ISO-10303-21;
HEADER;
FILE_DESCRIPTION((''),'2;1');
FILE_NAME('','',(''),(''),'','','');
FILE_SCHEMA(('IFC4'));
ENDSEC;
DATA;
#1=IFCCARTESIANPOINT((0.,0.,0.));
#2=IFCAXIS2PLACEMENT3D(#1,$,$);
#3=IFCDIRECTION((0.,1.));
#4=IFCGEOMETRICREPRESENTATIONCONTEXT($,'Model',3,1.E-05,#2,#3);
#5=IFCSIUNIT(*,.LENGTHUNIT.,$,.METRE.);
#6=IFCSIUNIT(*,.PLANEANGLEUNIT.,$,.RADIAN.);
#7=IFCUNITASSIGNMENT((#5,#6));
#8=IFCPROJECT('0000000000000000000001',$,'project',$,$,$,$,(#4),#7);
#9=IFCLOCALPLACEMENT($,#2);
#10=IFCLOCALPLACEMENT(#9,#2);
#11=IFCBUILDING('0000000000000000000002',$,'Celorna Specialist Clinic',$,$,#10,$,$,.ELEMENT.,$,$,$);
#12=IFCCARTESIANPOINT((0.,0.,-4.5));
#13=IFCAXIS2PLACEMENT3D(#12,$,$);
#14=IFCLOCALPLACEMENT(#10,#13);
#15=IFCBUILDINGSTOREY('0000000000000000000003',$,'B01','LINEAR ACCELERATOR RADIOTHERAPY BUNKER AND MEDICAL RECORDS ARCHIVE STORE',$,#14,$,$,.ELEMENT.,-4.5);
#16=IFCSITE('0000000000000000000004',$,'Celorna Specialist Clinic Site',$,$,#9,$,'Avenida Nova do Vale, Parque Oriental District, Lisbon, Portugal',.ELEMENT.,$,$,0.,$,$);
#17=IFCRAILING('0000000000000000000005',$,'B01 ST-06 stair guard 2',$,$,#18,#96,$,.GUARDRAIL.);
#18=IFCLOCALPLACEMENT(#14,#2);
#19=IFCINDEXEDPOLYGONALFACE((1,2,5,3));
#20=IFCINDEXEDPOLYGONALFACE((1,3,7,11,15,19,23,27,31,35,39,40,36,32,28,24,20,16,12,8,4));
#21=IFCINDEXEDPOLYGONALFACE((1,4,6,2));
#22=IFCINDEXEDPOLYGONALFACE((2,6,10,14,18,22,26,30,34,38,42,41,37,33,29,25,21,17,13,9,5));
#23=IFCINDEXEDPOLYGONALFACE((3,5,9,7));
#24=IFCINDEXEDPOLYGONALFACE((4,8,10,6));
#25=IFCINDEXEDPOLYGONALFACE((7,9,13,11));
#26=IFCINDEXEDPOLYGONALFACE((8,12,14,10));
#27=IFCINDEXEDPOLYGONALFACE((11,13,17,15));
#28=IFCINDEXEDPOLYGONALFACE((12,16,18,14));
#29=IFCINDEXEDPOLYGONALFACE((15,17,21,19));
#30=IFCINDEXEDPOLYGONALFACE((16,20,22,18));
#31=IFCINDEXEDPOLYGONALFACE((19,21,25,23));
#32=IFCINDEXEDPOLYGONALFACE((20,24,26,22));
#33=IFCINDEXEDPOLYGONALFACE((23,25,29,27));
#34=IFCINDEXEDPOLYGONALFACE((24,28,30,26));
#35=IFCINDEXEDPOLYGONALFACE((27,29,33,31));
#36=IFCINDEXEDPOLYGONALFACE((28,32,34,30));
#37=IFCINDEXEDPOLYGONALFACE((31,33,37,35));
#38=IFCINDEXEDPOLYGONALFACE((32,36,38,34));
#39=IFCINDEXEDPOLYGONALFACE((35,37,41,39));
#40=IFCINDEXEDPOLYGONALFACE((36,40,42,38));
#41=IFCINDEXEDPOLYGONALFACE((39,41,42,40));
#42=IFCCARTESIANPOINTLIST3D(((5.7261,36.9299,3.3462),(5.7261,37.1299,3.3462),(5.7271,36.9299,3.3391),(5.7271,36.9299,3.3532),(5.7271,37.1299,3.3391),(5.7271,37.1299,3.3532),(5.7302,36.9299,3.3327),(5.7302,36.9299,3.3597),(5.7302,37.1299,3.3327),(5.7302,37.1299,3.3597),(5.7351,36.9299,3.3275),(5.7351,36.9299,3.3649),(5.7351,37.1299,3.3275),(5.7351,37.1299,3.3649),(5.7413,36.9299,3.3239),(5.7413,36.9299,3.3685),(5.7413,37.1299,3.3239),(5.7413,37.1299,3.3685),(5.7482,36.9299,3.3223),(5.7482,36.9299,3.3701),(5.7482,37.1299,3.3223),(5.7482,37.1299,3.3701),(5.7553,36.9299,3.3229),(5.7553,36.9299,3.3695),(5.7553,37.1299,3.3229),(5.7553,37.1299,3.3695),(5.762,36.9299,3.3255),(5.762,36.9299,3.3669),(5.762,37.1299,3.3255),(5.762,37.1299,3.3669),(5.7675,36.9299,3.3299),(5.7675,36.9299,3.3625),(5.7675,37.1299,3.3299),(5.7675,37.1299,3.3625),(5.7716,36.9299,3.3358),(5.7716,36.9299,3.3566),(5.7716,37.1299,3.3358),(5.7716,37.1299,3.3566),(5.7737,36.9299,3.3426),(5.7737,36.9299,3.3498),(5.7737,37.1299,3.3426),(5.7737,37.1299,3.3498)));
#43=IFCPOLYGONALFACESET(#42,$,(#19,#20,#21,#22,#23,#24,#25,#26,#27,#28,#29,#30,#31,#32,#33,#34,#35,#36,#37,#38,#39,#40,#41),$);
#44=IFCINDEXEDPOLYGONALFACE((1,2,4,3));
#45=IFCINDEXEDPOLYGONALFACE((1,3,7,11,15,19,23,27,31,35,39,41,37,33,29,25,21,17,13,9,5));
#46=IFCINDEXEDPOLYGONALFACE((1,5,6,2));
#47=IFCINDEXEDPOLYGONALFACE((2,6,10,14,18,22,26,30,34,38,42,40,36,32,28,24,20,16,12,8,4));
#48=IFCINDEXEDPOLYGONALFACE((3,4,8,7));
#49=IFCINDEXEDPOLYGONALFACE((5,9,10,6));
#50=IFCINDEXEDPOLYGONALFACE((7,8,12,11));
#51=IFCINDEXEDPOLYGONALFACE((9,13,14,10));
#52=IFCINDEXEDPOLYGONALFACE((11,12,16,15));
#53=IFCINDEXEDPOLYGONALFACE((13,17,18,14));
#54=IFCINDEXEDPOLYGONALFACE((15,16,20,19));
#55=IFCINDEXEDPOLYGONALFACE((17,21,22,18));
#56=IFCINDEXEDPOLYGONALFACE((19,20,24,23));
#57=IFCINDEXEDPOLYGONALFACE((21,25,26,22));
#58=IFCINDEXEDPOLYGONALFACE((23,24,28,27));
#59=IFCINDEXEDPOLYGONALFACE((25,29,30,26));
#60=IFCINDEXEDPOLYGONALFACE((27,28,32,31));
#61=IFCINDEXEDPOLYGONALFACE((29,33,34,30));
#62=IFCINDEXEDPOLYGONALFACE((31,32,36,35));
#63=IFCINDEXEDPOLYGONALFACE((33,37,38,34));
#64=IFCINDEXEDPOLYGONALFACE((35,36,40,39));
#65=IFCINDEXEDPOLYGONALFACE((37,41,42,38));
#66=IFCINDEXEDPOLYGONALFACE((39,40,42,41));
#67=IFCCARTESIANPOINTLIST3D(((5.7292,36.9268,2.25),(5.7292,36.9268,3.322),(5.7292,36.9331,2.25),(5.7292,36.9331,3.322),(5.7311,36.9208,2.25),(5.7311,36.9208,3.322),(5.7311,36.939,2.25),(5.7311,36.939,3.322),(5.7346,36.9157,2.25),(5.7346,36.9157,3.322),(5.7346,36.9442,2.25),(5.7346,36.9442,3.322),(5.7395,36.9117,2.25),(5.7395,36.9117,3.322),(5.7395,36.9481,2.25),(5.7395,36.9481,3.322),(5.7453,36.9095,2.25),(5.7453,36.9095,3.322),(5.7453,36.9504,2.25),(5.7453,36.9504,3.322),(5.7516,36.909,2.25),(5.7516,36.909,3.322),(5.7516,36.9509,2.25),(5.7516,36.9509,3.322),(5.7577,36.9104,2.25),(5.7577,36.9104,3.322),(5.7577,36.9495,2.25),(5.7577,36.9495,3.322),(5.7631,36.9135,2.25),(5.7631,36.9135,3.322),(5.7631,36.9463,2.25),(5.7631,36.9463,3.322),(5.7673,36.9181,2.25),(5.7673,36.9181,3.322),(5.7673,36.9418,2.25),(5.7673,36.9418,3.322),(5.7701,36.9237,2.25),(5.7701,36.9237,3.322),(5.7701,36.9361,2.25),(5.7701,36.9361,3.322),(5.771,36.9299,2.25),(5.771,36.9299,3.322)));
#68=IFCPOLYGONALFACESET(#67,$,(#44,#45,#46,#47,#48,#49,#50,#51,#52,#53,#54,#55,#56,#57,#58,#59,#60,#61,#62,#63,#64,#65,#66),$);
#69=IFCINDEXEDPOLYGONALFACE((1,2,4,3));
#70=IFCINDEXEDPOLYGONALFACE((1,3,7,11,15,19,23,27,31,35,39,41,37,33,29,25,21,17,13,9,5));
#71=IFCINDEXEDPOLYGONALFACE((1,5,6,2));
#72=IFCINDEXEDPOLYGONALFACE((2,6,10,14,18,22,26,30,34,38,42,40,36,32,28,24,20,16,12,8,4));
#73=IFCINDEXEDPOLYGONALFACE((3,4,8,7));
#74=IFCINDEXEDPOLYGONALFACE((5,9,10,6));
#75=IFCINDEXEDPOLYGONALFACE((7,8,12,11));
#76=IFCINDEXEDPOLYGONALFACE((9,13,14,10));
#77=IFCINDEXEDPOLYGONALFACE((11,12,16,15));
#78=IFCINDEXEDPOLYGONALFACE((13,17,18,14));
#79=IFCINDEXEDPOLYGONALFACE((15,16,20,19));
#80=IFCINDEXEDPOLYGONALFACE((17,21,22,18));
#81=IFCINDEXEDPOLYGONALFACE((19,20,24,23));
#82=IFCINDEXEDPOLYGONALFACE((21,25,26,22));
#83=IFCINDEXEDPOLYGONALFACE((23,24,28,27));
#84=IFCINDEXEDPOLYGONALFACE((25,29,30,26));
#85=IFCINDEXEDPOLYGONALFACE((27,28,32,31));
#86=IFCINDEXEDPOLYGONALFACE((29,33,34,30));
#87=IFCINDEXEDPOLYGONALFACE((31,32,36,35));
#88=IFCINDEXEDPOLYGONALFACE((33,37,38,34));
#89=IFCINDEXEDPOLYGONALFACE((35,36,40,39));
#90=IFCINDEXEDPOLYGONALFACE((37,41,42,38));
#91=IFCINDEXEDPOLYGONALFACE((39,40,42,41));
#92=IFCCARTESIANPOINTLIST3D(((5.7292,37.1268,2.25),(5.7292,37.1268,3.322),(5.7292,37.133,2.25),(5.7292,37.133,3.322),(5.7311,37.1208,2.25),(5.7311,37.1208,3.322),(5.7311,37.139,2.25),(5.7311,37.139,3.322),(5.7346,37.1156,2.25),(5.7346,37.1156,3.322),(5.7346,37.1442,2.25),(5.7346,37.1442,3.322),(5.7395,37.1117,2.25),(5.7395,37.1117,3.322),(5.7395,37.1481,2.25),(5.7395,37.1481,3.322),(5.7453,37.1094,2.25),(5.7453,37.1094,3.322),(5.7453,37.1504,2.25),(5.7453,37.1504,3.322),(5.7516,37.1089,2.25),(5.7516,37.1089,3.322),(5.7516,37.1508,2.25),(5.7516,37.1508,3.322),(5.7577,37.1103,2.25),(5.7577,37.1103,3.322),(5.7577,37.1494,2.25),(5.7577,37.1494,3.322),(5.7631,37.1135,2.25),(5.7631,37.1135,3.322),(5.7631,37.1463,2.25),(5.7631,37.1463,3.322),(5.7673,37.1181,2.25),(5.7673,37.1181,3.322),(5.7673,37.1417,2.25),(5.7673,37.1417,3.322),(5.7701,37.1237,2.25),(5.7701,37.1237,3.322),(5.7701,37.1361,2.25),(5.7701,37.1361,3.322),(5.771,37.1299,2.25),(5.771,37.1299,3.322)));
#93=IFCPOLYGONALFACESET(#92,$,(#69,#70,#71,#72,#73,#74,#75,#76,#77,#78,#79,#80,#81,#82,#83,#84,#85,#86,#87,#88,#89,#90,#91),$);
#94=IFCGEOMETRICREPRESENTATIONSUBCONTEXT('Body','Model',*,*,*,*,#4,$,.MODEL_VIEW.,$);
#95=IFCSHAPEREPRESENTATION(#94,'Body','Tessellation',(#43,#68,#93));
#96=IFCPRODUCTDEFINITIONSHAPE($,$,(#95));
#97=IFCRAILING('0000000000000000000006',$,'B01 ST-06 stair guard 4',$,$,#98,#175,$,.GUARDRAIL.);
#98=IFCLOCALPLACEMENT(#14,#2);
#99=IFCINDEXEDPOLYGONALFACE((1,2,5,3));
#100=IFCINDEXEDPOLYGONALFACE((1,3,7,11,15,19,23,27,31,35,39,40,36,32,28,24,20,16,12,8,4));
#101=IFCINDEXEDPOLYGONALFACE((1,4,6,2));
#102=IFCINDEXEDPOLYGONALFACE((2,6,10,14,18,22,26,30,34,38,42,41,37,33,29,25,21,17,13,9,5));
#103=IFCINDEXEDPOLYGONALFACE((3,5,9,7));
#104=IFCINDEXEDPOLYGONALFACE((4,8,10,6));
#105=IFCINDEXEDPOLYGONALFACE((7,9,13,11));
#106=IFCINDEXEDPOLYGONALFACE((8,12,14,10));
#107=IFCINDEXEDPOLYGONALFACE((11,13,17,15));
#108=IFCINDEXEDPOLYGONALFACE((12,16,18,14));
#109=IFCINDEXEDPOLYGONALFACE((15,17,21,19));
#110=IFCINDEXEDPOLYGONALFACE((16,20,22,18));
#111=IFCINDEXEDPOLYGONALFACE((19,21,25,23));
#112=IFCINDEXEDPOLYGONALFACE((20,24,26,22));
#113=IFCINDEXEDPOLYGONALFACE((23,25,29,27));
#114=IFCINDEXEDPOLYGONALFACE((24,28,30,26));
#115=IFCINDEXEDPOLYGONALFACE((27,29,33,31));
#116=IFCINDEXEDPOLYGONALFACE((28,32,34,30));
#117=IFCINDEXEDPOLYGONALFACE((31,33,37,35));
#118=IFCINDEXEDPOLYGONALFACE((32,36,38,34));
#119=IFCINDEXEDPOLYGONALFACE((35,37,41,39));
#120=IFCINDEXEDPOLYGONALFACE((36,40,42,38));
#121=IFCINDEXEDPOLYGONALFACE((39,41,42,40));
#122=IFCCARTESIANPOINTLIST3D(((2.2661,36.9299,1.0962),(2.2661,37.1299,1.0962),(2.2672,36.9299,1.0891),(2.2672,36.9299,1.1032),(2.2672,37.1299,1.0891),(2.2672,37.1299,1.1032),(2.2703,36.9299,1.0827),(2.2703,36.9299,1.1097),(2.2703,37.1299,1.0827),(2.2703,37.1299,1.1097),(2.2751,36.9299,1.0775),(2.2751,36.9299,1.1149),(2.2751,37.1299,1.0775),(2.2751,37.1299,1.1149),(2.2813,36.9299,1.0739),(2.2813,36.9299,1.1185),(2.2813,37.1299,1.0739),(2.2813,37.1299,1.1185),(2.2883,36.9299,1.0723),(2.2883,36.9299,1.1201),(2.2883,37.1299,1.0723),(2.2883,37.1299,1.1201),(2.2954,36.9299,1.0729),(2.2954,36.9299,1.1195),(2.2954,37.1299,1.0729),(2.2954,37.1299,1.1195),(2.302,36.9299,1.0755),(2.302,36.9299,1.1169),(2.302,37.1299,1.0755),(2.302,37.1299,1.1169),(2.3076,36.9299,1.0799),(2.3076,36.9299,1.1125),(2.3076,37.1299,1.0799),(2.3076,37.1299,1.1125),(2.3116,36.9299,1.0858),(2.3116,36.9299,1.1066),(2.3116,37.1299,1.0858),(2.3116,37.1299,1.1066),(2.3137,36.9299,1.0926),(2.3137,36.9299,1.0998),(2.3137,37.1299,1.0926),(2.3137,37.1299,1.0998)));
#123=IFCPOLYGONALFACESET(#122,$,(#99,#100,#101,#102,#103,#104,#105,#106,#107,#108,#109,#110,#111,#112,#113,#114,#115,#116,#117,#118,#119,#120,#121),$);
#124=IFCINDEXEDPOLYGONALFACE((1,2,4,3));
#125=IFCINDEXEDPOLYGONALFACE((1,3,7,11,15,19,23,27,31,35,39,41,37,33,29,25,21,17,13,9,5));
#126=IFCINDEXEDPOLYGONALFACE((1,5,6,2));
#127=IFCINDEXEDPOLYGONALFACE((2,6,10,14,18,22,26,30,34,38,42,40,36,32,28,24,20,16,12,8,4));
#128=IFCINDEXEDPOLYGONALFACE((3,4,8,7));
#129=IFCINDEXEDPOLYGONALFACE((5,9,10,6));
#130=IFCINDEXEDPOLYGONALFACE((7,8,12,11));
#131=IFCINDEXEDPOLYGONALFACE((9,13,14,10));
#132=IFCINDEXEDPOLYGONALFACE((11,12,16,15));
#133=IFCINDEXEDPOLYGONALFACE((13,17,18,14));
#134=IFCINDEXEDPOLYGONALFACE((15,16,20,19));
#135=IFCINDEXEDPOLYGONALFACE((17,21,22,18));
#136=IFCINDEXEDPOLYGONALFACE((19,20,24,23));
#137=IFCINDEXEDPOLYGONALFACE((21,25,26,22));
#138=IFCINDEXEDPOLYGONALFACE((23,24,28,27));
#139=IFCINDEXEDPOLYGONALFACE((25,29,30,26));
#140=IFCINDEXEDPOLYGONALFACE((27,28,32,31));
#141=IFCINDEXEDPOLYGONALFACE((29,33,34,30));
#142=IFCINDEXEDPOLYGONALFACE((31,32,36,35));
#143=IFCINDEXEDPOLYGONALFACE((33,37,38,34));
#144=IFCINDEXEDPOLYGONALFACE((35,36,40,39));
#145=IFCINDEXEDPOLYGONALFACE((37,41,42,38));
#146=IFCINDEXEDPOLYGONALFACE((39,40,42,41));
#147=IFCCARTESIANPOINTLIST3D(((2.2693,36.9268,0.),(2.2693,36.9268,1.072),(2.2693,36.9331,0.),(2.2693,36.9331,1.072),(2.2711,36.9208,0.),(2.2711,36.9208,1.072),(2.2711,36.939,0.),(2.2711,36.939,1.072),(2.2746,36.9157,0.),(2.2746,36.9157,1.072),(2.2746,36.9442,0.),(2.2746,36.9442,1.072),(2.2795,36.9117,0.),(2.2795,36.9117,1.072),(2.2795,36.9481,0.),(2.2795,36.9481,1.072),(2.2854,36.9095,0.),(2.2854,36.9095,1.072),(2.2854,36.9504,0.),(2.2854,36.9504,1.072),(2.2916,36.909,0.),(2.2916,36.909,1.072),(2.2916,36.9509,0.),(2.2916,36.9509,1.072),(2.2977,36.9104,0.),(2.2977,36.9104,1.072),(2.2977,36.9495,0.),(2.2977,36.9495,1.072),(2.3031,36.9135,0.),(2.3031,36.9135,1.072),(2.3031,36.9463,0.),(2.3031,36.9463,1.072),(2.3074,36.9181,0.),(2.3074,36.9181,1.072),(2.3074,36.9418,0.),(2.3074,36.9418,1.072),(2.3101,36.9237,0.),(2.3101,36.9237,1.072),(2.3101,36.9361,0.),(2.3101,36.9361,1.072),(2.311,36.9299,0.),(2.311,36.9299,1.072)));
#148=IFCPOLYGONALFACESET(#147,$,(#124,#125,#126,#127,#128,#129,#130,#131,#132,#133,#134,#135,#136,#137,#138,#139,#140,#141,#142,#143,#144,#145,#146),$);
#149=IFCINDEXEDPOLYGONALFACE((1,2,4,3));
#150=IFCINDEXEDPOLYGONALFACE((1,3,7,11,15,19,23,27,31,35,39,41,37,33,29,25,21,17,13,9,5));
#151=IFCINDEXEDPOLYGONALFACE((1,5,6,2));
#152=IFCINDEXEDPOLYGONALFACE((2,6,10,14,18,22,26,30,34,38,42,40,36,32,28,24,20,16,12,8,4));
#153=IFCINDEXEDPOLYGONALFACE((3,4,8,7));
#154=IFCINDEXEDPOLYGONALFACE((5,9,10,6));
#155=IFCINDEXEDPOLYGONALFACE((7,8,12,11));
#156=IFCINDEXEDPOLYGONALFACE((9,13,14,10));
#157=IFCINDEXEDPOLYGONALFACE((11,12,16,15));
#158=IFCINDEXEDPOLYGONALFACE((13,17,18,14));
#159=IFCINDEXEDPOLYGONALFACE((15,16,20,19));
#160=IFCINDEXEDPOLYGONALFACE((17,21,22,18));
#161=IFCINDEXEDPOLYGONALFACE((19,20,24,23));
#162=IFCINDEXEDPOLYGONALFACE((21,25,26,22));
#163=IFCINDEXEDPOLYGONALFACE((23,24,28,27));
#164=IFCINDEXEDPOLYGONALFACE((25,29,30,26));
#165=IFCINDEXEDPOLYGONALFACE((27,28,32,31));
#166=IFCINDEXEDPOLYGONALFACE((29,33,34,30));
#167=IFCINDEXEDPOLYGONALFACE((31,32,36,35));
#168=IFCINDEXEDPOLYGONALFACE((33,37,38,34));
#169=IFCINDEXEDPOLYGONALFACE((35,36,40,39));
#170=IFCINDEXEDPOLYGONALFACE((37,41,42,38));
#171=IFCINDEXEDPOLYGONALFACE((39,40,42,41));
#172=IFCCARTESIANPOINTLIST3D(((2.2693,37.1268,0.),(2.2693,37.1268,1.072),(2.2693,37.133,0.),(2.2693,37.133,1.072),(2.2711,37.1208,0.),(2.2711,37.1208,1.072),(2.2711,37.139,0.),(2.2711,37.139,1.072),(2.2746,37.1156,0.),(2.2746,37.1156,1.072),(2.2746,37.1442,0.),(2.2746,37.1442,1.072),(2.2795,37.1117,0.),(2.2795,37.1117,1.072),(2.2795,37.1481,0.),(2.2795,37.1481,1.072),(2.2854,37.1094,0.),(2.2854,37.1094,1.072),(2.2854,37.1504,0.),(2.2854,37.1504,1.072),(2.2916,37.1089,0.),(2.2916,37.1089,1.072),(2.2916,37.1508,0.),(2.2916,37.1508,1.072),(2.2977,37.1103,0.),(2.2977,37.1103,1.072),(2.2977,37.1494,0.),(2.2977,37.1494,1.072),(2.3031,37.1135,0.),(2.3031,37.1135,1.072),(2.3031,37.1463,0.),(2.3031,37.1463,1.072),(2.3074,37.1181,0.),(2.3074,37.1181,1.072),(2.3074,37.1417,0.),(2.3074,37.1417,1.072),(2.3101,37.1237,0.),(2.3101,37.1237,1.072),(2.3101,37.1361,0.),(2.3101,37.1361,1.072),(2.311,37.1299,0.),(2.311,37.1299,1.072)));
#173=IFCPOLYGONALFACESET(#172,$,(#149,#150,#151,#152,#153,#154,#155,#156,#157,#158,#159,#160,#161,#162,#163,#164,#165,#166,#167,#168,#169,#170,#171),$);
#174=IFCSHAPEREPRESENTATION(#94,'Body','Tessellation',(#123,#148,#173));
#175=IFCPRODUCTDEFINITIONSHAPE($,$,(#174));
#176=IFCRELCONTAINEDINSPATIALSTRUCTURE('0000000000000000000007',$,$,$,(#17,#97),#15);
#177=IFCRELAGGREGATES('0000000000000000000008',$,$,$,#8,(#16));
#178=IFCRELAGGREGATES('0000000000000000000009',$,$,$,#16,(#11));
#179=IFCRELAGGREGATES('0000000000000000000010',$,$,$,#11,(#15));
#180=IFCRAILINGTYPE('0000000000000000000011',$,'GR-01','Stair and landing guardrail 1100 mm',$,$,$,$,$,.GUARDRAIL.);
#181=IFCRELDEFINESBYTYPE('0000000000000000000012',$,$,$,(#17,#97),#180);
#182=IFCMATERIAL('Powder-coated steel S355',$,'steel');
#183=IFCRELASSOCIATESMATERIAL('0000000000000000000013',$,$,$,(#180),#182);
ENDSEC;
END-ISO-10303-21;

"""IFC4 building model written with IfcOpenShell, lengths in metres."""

from ifc_helpers import new_model, si_unit, direction, frame, origin, origin_2d, place, context, subcontext, project, spatial, circle, extrude, material, type_object, element, save


model = new_model("IFC4")

# Units and contexts
model_context = context("Model", 3, precision=1e-05, world=origin(), true_north=direction((0.0, 1.0)))
body_context = subcontext(model_context, "Body", "Model", "MODEL_VIEW")
ifc_project = project(units=[si_unit("LENGTHUNIT", "METRE"), si_unit("PLANEANGLEUNIT", "RADIAN")], contexts=[model_context])

# Site, building, storey
site_placement = place(None, origin())
site = spatial("IfcSite", under=ifc_project, at=site_placement, Name="Celorna Specialist Clinic Site", LongName="Avenida Nova do Vale, Parque Oriental District, Lisbon, Portugal", CompositionType="ELEMENT", RefElevation=0.0)
building_placement = place(site_placement, origin())
building = spatial("IfcBuilding", under=site, at=building_placement, Name="Celorna Specialist Clinic", CompositionType="ELEMENT")
storey_placement = place(building_placement, frame((0.0, 0.0, -4.5)))
storey = spatial("IfcBuildingStorey", under=building, at=storey_placement, Name="B01", Description="LINEAR ACCELERATOR RADIOTHERAPY BUNKER AND MEDICAL RECORDS ARCHIVE STORE", CompositionType="ELEMENT", Elevation=-4.5)

# Railings
ifc_material_1 = material(Name="Powder-coated steel S355", Category="steel")
railing_type_1 = type_object("IfcRailingType", Name="GR-01", Description="Stair and landing guardrail 1100 mm", PredefinedType="GUARDRAIL", material=ifc_material_1)
for number, where, name in (
    (1, (5.75, 36.9299, 2.25), "B01 ST-06 stair guard 2"),
    (2, (2.29, 36.9299, 0.0), "B01 ST-06 stair guard 4"),
):
    element("IfcRailing", number, at=place(storey_placement, frame(where)), inside=storey, type_object=railing_type_1, Name=name, PredefinedType="GUARDRAIL", context=body_context, shape_type="SweptSolid", body=[
        extrude(circle(Radius=0.0239, at=origin_2d()), frame((0.0, 0.0, 1.0962), z_axis=(0.0, 1.0, 0.0), x_axis=(-1.0, 0.0, 0.0)), (0.0, 0.0, 1.0), 0.2),
        extrude(circle(Radius=0.021, at=origin_2d()), origin(), (0.0, 0.0, 1.0), 1.072),
        extrude(circle(Radius=0.021, at=origin_2d()), frame((0.0, 0.2, 0.0)), (0.0, 0.0, 1.0), 1.072),
    ])

save(model, "model.ifc")
